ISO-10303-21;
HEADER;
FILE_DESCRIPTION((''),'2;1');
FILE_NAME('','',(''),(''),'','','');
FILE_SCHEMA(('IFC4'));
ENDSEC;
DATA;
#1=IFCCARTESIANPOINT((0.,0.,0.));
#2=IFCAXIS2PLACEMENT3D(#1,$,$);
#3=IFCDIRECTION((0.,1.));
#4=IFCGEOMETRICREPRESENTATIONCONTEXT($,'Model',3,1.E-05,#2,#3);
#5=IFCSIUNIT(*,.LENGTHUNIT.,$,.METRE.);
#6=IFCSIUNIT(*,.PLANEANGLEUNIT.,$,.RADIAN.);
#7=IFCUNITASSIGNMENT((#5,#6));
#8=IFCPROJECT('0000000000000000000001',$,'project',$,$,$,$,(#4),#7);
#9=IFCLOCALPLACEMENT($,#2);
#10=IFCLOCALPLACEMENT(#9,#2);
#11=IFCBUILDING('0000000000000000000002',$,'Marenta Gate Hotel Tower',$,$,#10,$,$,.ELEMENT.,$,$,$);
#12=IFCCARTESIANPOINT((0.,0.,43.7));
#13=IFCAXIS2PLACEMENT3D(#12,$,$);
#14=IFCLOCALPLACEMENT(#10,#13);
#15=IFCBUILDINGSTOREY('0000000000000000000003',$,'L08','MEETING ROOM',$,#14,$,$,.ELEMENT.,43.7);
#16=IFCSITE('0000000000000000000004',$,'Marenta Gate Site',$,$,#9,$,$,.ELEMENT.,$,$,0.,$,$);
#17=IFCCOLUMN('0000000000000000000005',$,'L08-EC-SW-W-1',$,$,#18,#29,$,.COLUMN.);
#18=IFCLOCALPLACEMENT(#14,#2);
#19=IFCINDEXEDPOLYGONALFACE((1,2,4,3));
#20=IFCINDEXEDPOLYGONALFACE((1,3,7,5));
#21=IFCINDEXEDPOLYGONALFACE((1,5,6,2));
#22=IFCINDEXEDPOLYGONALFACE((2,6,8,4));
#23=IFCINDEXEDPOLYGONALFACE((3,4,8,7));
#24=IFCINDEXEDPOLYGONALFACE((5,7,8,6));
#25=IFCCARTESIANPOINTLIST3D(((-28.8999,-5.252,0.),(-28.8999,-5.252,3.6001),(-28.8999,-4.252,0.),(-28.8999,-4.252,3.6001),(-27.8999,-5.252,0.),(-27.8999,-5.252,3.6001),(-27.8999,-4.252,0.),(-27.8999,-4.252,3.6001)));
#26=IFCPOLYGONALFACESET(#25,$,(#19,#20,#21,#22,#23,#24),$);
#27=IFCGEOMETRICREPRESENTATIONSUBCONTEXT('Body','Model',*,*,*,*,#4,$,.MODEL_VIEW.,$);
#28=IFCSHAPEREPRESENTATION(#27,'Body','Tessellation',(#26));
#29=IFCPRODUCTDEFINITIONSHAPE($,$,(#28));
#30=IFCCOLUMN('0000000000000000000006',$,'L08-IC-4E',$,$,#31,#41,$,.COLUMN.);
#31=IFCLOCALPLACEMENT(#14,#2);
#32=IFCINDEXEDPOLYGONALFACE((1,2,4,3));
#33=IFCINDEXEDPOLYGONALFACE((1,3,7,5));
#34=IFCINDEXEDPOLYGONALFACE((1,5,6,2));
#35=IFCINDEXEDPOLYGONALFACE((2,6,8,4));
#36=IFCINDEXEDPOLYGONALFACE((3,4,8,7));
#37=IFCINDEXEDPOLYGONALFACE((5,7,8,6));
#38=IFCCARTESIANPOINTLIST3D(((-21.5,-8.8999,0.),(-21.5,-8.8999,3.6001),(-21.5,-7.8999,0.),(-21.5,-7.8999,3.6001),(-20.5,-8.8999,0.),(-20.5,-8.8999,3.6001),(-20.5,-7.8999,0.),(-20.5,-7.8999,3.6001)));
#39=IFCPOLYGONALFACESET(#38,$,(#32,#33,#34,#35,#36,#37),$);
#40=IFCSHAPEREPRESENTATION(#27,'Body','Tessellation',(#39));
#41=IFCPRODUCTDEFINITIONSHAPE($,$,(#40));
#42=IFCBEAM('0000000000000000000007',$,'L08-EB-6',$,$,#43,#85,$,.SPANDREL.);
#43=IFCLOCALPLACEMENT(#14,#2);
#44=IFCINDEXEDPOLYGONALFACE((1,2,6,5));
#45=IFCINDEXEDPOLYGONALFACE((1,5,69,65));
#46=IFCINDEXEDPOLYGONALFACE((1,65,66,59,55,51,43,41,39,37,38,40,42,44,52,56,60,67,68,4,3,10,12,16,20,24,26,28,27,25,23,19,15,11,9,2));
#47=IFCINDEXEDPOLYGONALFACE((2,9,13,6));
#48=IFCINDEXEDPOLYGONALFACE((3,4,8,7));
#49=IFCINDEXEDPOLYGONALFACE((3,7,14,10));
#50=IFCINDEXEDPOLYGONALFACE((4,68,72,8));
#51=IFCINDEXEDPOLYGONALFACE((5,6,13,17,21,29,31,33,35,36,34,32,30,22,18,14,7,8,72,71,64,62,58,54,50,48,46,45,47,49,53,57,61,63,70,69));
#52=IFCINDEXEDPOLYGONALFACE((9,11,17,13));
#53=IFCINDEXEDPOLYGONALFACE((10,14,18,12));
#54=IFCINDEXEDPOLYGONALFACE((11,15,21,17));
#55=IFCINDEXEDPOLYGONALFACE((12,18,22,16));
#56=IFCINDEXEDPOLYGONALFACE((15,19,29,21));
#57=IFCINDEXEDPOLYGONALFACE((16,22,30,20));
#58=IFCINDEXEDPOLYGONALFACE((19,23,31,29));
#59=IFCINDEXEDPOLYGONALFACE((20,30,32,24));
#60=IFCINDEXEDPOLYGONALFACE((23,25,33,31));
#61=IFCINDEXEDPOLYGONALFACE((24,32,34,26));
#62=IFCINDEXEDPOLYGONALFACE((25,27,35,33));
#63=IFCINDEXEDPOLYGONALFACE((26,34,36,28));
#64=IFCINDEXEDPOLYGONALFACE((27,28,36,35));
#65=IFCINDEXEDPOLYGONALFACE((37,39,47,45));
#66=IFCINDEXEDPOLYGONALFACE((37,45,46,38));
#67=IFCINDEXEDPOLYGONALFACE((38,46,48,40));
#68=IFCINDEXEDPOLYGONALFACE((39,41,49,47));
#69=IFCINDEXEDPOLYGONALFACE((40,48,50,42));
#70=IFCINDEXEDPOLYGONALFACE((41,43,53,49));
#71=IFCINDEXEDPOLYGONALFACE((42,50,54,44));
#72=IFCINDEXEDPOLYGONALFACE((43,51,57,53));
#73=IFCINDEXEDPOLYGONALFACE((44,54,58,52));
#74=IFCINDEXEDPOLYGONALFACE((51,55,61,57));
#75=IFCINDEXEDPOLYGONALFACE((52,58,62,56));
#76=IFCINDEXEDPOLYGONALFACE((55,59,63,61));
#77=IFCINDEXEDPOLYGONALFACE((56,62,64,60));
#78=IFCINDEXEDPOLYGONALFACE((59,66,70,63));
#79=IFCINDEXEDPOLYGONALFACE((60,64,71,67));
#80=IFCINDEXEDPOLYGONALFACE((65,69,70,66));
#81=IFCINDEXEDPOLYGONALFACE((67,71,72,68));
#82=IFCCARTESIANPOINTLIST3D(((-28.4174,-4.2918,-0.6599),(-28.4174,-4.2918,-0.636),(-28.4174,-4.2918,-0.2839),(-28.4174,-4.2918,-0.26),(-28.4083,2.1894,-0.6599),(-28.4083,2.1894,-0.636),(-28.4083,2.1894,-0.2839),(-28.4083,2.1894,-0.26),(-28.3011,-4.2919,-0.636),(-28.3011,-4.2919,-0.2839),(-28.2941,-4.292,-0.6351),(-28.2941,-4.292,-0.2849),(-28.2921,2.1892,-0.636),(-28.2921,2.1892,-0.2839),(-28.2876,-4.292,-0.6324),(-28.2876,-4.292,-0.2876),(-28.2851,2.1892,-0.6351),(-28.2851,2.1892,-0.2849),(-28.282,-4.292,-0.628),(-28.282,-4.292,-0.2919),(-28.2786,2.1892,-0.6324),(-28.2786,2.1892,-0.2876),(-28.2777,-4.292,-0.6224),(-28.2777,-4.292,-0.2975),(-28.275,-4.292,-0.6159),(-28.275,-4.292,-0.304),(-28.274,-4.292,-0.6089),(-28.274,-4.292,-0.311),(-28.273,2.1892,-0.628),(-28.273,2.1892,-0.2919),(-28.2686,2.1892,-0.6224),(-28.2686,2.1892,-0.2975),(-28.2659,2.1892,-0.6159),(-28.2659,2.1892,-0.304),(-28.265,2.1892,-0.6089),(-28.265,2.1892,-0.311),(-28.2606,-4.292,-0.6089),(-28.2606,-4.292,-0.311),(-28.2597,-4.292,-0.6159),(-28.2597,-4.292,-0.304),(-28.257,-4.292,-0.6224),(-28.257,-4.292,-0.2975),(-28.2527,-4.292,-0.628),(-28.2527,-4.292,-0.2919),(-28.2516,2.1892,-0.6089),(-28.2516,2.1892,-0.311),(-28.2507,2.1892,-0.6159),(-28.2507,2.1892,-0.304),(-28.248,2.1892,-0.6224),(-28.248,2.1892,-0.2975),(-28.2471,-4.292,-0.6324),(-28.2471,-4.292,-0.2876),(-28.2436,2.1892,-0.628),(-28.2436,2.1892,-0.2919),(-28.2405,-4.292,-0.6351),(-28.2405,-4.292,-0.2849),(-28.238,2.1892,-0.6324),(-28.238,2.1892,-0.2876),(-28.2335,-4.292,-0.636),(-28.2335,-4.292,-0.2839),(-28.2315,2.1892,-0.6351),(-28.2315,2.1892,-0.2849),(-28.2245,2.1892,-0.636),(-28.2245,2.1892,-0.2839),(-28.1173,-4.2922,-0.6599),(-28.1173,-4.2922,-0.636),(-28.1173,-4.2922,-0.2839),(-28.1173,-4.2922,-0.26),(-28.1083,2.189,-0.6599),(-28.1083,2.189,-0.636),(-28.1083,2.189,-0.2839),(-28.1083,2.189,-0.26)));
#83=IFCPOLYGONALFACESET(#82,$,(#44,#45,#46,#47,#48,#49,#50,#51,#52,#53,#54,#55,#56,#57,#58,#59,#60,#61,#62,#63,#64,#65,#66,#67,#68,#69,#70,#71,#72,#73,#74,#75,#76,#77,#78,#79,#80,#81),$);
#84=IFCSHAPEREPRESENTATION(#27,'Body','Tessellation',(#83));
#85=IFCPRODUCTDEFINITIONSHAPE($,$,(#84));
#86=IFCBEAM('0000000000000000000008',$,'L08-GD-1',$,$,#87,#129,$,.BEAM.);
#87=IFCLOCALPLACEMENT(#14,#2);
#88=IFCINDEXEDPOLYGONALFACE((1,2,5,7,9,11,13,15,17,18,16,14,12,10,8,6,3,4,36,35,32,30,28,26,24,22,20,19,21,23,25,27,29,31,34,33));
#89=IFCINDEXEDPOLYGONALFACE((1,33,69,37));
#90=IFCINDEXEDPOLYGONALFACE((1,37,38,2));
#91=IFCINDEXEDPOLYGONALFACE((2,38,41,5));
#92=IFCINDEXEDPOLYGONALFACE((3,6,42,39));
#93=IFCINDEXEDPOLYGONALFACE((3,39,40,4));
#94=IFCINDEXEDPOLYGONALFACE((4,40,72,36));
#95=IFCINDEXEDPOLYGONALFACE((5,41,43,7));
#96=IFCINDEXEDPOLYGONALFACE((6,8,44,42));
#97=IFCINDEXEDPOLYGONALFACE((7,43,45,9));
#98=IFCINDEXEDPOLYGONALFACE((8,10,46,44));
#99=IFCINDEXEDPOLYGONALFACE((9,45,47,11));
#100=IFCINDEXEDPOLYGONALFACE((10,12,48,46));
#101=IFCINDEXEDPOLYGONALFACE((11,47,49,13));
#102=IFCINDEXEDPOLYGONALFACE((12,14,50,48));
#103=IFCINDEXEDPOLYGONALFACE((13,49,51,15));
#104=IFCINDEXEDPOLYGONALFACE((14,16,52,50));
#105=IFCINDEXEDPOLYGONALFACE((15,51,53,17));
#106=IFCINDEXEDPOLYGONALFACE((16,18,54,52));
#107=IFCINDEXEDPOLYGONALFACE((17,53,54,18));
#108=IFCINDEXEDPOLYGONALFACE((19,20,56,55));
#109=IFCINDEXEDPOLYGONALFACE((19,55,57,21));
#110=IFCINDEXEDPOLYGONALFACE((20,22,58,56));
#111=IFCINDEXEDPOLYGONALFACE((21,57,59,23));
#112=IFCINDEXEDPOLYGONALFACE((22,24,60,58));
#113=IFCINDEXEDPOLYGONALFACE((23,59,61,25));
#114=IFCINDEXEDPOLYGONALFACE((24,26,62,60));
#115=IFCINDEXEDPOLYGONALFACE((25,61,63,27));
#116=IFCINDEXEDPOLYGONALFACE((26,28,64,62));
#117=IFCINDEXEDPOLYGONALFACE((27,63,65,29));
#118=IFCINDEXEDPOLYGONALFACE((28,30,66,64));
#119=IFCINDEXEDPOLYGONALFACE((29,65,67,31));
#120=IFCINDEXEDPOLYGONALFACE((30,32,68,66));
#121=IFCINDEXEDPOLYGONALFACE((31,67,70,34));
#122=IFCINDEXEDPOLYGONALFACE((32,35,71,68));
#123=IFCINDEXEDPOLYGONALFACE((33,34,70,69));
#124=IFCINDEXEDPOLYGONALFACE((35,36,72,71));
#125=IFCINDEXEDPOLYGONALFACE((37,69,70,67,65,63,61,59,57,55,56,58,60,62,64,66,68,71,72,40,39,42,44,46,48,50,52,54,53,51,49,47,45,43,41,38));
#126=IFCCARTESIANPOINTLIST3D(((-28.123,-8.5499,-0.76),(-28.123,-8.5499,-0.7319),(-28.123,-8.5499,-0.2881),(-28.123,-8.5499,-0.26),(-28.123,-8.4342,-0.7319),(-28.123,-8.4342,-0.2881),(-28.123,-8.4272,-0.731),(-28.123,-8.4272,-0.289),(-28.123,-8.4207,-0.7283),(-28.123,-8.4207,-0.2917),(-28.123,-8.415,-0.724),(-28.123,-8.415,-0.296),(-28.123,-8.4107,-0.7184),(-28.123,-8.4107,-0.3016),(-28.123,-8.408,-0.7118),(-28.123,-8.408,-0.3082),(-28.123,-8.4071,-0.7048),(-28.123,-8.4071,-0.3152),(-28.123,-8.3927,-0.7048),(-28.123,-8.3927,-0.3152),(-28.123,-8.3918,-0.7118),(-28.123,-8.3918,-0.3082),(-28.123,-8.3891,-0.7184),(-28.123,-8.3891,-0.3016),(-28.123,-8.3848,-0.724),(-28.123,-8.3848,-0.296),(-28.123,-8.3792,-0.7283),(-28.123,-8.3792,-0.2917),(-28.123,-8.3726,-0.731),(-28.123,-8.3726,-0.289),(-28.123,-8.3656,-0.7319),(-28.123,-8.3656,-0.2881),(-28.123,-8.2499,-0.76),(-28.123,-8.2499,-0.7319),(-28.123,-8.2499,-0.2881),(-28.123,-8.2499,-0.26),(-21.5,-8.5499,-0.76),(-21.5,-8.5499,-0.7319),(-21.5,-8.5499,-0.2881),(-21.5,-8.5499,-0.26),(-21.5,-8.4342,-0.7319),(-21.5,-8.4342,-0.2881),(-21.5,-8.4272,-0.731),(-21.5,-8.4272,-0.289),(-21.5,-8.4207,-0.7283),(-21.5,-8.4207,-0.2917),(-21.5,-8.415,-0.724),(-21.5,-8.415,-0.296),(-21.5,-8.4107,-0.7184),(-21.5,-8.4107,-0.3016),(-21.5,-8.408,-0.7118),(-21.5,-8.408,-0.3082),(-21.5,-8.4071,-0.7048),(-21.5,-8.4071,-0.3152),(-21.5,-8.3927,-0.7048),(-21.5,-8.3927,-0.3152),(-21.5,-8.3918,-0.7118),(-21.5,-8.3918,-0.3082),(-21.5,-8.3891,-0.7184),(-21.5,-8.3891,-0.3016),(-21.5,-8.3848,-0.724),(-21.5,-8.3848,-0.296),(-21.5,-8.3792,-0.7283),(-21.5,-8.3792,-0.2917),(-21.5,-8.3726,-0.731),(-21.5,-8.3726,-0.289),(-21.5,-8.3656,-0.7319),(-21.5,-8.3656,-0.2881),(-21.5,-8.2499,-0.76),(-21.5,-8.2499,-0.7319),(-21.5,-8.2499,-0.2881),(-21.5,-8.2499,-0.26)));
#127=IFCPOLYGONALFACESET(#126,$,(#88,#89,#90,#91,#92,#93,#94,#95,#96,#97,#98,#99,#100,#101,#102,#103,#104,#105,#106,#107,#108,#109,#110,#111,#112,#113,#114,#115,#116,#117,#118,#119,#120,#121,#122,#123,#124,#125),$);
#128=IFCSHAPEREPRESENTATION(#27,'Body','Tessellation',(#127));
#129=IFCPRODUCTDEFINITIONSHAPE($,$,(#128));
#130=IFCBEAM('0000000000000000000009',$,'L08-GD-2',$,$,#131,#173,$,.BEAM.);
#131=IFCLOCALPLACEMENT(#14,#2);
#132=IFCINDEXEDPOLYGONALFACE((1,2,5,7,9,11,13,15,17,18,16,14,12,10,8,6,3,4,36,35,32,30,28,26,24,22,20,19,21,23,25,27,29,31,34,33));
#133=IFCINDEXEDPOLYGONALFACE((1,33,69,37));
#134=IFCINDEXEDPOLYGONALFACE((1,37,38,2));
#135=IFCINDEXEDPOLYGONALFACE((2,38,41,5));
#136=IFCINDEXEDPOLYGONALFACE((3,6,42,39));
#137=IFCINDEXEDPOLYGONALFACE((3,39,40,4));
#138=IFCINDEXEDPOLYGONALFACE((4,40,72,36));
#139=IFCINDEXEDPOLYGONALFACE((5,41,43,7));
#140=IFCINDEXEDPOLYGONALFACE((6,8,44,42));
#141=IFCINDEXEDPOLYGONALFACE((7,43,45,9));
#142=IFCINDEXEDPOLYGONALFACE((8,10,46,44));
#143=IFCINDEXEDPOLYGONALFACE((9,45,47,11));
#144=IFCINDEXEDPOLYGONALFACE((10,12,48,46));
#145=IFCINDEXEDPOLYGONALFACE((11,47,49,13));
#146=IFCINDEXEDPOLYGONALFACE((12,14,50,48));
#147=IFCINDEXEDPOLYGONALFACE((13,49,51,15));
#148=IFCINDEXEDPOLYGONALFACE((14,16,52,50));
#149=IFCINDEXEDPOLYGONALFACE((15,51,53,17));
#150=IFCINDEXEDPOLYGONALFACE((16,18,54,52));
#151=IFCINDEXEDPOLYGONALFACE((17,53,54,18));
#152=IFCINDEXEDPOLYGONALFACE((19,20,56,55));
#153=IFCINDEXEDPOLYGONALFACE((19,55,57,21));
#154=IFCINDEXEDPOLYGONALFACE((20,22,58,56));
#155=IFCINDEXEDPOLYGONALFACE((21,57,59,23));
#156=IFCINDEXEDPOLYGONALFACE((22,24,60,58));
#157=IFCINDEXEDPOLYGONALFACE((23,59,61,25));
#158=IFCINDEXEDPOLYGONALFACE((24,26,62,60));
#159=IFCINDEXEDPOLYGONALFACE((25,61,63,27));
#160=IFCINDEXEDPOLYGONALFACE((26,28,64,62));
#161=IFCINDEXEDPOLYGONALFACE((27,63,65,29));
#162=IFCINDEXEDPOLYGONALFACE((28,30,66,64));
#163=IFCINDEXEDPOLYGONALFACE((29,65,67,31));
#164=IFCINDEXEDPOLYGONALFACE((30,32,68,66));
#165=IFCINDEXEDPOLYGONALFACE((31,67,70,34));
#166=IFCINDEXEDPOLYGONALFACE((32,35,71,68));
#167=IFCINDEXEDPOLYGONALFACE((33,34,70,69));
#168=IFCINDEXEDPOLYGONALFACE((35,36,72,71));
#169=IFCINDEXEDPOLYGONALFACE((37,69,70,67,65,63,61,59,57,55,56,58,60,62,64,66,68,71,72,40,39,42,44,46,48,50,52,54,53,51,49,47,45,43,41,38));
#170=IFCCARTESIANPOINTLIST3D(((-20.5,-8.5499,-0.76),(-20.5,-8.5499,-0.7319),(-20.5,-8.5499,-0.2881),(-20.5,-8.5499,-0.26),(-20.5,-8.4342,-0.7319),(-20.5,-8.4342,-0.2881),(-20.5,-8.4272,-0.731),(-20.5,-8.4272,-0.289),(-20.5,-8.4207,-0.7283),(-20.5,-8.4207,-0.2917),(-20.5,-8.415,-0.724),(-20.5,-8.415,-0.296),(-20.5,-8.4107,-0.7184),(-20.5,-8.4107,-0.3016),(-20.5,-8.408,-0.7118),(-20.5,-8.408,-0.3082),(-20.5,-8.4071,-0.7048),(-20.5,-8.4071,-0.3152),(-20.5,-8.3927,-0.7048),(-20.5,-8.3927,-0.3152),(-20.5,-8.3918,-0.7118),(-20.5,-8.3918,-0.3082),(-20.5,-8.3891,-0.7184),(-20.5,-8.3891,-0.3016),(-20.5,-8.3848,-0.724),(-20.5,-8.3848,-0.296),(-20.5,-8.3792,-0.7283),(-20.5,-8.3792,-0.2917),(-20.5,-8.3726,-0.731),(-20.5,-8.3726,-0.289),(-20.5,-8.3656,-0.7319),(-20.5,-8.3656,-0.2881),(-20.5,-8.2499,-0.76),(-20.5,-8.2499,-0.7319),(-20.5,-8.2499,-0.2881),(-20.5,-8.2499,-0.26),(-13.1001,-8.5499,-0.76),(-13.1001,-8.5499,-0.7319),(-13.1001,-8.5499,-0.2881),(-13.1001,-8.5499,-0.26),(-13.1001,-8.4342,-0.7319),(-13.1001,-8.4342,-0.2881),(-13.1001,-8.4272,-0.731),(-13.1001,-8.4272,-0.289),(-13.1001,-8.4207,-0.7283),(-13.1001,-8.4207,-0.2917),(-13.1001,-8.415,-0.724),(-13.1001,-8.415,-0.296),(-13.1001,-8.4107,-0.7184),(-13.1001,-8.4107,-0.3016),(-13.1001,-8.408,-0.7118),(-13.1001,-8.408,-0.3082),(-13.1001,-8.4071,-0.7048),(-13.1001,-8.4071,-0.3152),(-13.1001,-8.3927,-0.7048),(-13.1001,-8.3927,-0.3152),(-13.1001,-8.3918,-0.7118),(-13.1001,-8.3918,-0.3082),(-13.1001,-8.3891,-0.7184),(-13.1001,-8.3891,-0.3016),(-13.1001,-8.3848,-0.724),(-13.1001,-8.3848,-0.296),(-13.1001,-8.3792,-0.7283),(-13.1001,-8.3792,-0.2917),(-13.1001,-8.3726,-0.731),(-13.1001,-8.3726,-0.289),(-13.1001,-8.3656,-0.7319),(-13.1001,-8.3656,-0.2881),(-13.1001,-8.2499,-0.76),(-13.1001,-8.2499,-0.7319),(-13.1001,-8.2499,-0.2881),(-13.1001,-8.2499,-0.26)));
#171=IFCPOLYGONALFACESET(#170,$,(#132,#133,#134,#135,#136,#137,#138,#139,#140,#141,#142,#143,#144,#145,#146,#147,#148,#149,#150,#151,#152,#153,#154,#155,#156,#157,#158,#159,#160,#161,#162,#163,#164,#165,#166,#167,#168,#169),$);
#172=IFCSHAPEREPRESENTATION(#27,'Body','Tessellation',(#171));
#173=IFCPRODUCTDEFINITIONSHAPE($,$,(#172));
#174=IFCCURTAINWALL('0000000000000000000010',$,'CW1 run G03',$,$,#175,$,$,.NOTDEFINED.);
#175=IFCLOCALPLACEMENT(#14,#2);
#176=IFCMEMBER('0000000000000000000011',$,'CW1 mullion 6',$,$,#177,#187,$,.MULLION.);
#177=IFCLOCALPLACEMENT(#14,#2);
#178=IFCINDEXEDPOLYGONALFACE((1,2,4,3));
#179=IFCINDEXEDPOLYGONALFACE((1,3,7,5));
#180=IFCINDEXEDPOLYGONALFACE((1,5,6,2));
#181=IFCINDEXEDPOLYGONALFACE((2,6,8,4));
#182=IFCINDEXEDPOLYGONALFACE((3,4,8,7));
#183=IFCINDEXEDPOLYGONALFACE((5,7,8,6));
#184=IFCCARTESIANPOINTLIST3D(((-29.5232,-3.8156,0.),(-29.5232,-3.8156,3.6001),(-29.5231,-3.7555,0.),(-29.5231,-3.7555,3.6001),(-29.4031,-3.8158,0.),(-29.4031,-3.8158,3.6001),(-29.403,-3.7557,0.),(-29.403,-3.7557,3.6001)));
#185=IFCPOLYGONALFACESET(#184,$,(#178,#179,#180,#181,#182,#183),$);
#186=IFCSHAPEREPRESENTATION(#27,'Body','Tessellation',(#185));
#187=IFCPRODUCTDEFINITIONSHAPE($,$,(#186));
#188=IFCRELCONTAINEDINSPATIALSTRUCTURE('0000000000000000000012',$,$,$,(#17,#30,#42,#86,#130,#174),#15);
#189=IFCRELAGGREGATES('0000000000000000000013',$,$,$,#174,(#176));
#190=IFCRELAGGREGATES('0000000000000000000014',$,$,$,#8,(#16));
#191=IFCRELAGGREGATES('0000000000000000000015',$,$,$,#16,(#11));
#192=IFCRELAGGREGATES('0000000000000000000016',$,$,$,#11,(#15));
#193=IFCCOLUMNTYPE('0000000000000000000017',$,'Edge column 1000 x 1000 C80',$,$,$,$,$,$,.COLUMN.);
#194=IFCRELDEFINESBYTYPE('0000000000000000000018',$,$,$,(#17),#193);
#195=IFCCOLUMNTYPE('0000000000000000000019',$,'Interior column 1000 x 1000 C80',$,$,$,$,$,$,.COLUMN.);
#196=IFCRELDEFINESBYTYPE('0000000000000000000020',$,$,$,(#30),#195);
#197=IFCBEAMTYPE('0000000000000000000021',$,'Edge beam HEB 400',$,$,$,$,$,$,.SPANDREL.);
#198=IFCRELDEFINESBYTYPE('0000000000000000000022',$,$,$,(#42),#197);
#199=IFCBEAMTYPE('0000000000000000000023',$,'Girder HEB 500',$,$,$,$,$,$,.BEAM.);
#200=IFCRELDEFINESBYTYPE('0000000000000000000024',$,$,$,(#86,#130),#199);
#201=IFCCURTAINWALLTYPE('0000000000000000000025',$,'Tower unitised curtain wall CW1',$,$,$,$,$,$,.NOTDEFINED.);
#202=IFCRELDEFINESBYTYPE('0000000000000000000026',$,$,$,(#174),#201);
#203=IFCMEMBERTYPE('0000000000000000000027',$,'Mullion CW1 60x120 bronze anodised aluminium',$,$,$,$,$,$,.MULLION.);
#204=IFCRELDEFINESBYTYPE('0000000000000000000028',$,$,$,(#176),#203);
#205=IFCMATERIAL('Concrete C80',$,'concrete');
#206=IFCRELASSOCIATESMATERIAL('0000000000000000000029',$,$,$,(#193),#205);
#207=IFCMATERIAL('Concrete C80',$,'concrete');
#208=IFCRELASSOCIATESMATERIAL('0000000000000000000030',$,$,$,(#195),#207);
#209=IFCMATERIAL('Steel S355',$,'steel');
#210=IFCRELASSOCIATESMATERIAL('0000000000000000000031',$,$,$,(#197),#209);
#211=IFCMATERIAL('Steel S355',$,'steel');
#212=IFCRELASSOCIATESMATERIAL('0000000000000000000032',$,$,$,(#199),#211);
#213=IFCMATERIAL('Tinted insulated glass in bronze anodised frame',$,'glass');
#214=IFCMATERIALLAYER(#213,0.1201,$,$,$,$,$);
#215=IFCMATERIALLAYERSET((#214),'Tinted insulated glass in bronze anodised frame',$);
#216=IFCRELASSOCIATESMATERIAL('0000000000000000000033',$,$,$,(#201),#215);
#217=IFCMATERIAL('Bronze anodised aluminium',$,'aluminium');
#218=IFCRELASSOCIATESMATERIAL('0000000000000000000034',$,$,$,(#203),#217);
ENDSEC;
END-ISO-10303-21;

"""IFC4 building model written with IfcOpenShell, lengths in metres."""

from ifc_helpers import new_model, si_unit, direction, frame, origin, origin_2d, place, context, subcontext, project, spatial, rectangle, i_section, extrude, material, layer, layer_set, material_profile, profile_set, type_object, element, aggregate, save


model = new_model("IFC4")

# Units and contexts
model_context = context("Model", 3, precision=1e-05, world=origin(), true_north=direction((0.0, 1.0)))
body_context = subcontext(model_context, "Body", "Model", "MODEL_VIEW")
ifc_project = project(units=[si_unit("LENGTHUNIT", "METRE"), si_unit("PLANEANGLEUNIT", "RADIAN")], contexts=[model_context])

# Site, building, storey
site_placement = place(None, origin())
site = spatial("IfcSite", under=ifc_project, at=site_placement, Name="Marenta Gate Site", CompositionType="ELEMENT", RefElevation=0.0)
building_placement = place(site_placement, origin())
building = spatial("IfcBuilding", under=site, at=building_placement, Name="Marenta Gate Hotel Tower", CompositionType="ELEMENT")
storey_placement = place(building_placement, frame((0.0, 0.0, 43.7)))
storey = spatial("IfcBuildingStorey", under=building, at=storey_placement, Name="L08", Description="MEETING ROOM", CompositionType="ELEMENT", Elevation=43.7)

# Columns
ifc_material_1 = material(Name="Concrete C80", Category="concrete")
ifc_material_profile_1 = material_profile(ifc_material_1, rectangle(XDim=1.0, YDim=1.0, at=origin_2d()), Name="1000 x 1000")
ifc_profile_set_1 = profile_set([ifc_material_profile_1], Name="Concrete C80")
column_type_1 = type_object("IfcColumnType", Name="Edge column 1000 x 1000 C80", PredefinedType="COLUMN", material=ifc_profile_set_1)
column_1_placement = place(storey_placement, frame((-28.3999, -4.752, 0.0), z_axis=(0.0, 0.0, 1.0), x_axis=(1.0, 0.0, 0.0)))
element("IfcColumn", 1, at=column_1_placement, inside=storey, type_object=column_type_1, Name="L08-EC-SW-W-1", PredefinedType="COLUMN", context=body_context, shape_type="SweptSolid", body=[
    extrude(rectangle(XDim=1.0, YDim=1.0, at=origin_2d()), origin(), (0.0, 0.0, 1.0), 3.6001),
])
ifc_material_2 = material(Name="Concrete C80", Category="concrete")
ifc_material_profile_2 = material_profile(ifc_material_2, rectangle(XDim=1.0, YDim=1.0, at=origin_2d()), Name="1000 x 1000")
ifc_profile_set_2 = profile_set([ifc_material_profile_2], Name="Concrete C80")
column_type_2 = type_object("IfcColumnType", Name="Interior column 1000 x 1000 C80", PredefinedType="COLUMN", material=ifc_profile_set_2)
column_2_placement = place(storey_placement, frame((-21.0, -8.3999, 0.0), z_axis=(0.0, 0.0, 1.0), x_axis=(1.0, 0.0, 0.0)))
element("IfcColumn", 2, at=column_2_placement, inside=storey, type_object=column_type_2, Name="L08-IC-4E", PredefinedType="COLUMN", context=body_context, shape_type="SweptSolid", body=[
    extrude(rectangle(XDim=1.0, YDim=1.0, at=origin_2d()), origin(), (0.0, 0.0, 1.0), 3.6001),
])

# Beams
ifc_material_3 = material(Name="Steel S355", Category="steel")
ifc_material_profile_3 = material_profile(ifc_material_3, i_section(OverallWidth=0.3, OverallDepth=0.3999, WebThickness=0.0134, FlangeThickness=0.0239, FilletRadius=0.0271, at=origin_2d()), Name="HEB 400")
ifc_profile_set_3 = profile_set([ifc_material_profile_3], Name="Steel S355")
beam_type_1 = type_object("IfcBeamType", Name="Edge beam HEB 400", PredefinedType="SPANDREL", material=ifc_profile_set_3)
beam_1_placement = place(storey_placement, frame((-28.2673, -4.292, -0.46), z_axis=(0.001394, 0.999999, 0.0), x_axis=(-0.999999, 0.001394, 0.0)))
element("IfcBeam", 3, at=beam_1_placement, inside=storey, type_object=beam_type_1, Name="L08-EB-6", PredefinedType="SPANDREL", context=body_context, shape_type="SweptSolid", body=[
    extrude(i_section(OverallWidth=0.3, OverallDepth=0.3999, WebThickness=0.0134, FlangeThickness=0.0239, FilletRadius=0.0271, at=origin_2d()), origin(), (0.0, 0.0, 1.0), 6.4812),
])
ifc_material_4 = material(Name="Steel S355", Category="steel")
ifc_material_profile_4 = material_profile(ifc_material_4, i_section(OverallWidth=0.3, OverallDepth=0.5, WebThickness=0.0144, FlangeThickness=0.0281, FilletRadius=0.0271, at=origin_2d()), Name="HEB 500")
ifc_profile_set_4 = profile_set([ifc_material_profile_4], Name="Steel S355")
beam_type_2 = type_object("IfcBeamType", Name="Girder HEB 500", PredefinedType="BEAM", material=ifc_profile_set_4)
beam_2_placement = place(storey_placement, frame((-28.123, -8.3999, -0.51), z_axis=(1.0, 0.0, 0.0), x_axis=(0.0, 1.0, 0.0)))
element("IfcBeam", 4, at=beam_2_placement, inside=storey, type_object=beam_type_2, Name="L08-GD-1", PredefinedType="BEAM", context=body_context, shape_type="SweptSolid", body=[
    extrude(i_section(OverallWidth=0.3, OverallDepth=0.5, WebThickness=0.0144, FlangeThickness=0.0281, FilletRadius=0.0271, at=origin_2d()), origin(), (0.0, 0.0, 1.0), 6.623),
])
beam_3_placement = place(storey_placement, frame((-20.5, -8.3999, -0.51), z_axis=(1.0, 0.0, 0.0), x_axis=(0.0, 1.0, 0.0)))
element("IfcBeam", 5, at=beam_3_placement, inside=storey, type_object=beam_type_2, Name="L08-GD-2", PredefinedType="BEAM", context=body_context, shape_type="SweptSolid", body=[
    extrude(i_section(OverallWidth=0.3, OverallDepth=0.5, WebThickness=0.0144, FlangeThickness=0.0281, FilletRadius=0.0271, at=origin_2d()), origin(), (0.0, 0.0, 1.0), 7.3999),
])

# Curtain wall, member
ifc_material_5 = material(Name="Tinted insulated glass in bronze anodised frame", Category="glass")
ifc_layer_1 = layer(ifc_material_5, 0.1201)
ifc_layer_set_1 = layer_set([ifc_layer_1], Name="Tinted insulated glass in bronze anodised frame")
curtain_wall_type = type_object("IfcCurtainWallType", Name="Tower unitised curtain wall CW1", PredefinedType="NOTDEFINED", material=ifc_layer_set_1)
curtain_wall_placement = place(storey_placement, origin())
curtain_wall = element("IfcCurtainWall", 6, at=curtain_wall_placement, inside=storey, type_object=curtain_wall_type, Name="CW1 run G03", PredefinedType="NOTDEFINED")
ifc_material_6 = material(Name="Bronze anodised aluminium", Category="aluminium")
ifc_material_profile_5 = material_profile(ifc_material_6, rectangle(XDim=0.1201, YDim=0.0601, at=origin_2d()), Name="Mullion CW1 60x120 bronze anodised aluminium")
ifc_profile_set_5 = profile_set([ifc_material_profile_5], Name="Bronze anodised aluminium")
member_type_1 = type_object("IfcMemberType", Name="Mullion CW1 60x120 bronze anodised aluminium", PredefinedType="MULLION", material=ifc_profile_set_5)
member_1_placement = place(storey_placement, frame((-29.4631, -3.7856, 0.0), z_axis=(0.0, 0.0, 1.0), x_axis=(0.999999, -0.001566, 0.0)))
member_1 = element("IfcMember", 7, at=member_1_placement, type_object=member_type_1, Name="CW1 mullion 6", PredefinedType="MULLION", context=body_context, shape_type="SweptSolid", body=[
    extrude(rectangle(XDim=0.1201, YDim=0.0601, at=origin_2d()), origin(), (0.0, 0.0, 1.0), 3.6001),
])
aggregate(curtain_wall, [member_1])

save(model, "model.ifc")
